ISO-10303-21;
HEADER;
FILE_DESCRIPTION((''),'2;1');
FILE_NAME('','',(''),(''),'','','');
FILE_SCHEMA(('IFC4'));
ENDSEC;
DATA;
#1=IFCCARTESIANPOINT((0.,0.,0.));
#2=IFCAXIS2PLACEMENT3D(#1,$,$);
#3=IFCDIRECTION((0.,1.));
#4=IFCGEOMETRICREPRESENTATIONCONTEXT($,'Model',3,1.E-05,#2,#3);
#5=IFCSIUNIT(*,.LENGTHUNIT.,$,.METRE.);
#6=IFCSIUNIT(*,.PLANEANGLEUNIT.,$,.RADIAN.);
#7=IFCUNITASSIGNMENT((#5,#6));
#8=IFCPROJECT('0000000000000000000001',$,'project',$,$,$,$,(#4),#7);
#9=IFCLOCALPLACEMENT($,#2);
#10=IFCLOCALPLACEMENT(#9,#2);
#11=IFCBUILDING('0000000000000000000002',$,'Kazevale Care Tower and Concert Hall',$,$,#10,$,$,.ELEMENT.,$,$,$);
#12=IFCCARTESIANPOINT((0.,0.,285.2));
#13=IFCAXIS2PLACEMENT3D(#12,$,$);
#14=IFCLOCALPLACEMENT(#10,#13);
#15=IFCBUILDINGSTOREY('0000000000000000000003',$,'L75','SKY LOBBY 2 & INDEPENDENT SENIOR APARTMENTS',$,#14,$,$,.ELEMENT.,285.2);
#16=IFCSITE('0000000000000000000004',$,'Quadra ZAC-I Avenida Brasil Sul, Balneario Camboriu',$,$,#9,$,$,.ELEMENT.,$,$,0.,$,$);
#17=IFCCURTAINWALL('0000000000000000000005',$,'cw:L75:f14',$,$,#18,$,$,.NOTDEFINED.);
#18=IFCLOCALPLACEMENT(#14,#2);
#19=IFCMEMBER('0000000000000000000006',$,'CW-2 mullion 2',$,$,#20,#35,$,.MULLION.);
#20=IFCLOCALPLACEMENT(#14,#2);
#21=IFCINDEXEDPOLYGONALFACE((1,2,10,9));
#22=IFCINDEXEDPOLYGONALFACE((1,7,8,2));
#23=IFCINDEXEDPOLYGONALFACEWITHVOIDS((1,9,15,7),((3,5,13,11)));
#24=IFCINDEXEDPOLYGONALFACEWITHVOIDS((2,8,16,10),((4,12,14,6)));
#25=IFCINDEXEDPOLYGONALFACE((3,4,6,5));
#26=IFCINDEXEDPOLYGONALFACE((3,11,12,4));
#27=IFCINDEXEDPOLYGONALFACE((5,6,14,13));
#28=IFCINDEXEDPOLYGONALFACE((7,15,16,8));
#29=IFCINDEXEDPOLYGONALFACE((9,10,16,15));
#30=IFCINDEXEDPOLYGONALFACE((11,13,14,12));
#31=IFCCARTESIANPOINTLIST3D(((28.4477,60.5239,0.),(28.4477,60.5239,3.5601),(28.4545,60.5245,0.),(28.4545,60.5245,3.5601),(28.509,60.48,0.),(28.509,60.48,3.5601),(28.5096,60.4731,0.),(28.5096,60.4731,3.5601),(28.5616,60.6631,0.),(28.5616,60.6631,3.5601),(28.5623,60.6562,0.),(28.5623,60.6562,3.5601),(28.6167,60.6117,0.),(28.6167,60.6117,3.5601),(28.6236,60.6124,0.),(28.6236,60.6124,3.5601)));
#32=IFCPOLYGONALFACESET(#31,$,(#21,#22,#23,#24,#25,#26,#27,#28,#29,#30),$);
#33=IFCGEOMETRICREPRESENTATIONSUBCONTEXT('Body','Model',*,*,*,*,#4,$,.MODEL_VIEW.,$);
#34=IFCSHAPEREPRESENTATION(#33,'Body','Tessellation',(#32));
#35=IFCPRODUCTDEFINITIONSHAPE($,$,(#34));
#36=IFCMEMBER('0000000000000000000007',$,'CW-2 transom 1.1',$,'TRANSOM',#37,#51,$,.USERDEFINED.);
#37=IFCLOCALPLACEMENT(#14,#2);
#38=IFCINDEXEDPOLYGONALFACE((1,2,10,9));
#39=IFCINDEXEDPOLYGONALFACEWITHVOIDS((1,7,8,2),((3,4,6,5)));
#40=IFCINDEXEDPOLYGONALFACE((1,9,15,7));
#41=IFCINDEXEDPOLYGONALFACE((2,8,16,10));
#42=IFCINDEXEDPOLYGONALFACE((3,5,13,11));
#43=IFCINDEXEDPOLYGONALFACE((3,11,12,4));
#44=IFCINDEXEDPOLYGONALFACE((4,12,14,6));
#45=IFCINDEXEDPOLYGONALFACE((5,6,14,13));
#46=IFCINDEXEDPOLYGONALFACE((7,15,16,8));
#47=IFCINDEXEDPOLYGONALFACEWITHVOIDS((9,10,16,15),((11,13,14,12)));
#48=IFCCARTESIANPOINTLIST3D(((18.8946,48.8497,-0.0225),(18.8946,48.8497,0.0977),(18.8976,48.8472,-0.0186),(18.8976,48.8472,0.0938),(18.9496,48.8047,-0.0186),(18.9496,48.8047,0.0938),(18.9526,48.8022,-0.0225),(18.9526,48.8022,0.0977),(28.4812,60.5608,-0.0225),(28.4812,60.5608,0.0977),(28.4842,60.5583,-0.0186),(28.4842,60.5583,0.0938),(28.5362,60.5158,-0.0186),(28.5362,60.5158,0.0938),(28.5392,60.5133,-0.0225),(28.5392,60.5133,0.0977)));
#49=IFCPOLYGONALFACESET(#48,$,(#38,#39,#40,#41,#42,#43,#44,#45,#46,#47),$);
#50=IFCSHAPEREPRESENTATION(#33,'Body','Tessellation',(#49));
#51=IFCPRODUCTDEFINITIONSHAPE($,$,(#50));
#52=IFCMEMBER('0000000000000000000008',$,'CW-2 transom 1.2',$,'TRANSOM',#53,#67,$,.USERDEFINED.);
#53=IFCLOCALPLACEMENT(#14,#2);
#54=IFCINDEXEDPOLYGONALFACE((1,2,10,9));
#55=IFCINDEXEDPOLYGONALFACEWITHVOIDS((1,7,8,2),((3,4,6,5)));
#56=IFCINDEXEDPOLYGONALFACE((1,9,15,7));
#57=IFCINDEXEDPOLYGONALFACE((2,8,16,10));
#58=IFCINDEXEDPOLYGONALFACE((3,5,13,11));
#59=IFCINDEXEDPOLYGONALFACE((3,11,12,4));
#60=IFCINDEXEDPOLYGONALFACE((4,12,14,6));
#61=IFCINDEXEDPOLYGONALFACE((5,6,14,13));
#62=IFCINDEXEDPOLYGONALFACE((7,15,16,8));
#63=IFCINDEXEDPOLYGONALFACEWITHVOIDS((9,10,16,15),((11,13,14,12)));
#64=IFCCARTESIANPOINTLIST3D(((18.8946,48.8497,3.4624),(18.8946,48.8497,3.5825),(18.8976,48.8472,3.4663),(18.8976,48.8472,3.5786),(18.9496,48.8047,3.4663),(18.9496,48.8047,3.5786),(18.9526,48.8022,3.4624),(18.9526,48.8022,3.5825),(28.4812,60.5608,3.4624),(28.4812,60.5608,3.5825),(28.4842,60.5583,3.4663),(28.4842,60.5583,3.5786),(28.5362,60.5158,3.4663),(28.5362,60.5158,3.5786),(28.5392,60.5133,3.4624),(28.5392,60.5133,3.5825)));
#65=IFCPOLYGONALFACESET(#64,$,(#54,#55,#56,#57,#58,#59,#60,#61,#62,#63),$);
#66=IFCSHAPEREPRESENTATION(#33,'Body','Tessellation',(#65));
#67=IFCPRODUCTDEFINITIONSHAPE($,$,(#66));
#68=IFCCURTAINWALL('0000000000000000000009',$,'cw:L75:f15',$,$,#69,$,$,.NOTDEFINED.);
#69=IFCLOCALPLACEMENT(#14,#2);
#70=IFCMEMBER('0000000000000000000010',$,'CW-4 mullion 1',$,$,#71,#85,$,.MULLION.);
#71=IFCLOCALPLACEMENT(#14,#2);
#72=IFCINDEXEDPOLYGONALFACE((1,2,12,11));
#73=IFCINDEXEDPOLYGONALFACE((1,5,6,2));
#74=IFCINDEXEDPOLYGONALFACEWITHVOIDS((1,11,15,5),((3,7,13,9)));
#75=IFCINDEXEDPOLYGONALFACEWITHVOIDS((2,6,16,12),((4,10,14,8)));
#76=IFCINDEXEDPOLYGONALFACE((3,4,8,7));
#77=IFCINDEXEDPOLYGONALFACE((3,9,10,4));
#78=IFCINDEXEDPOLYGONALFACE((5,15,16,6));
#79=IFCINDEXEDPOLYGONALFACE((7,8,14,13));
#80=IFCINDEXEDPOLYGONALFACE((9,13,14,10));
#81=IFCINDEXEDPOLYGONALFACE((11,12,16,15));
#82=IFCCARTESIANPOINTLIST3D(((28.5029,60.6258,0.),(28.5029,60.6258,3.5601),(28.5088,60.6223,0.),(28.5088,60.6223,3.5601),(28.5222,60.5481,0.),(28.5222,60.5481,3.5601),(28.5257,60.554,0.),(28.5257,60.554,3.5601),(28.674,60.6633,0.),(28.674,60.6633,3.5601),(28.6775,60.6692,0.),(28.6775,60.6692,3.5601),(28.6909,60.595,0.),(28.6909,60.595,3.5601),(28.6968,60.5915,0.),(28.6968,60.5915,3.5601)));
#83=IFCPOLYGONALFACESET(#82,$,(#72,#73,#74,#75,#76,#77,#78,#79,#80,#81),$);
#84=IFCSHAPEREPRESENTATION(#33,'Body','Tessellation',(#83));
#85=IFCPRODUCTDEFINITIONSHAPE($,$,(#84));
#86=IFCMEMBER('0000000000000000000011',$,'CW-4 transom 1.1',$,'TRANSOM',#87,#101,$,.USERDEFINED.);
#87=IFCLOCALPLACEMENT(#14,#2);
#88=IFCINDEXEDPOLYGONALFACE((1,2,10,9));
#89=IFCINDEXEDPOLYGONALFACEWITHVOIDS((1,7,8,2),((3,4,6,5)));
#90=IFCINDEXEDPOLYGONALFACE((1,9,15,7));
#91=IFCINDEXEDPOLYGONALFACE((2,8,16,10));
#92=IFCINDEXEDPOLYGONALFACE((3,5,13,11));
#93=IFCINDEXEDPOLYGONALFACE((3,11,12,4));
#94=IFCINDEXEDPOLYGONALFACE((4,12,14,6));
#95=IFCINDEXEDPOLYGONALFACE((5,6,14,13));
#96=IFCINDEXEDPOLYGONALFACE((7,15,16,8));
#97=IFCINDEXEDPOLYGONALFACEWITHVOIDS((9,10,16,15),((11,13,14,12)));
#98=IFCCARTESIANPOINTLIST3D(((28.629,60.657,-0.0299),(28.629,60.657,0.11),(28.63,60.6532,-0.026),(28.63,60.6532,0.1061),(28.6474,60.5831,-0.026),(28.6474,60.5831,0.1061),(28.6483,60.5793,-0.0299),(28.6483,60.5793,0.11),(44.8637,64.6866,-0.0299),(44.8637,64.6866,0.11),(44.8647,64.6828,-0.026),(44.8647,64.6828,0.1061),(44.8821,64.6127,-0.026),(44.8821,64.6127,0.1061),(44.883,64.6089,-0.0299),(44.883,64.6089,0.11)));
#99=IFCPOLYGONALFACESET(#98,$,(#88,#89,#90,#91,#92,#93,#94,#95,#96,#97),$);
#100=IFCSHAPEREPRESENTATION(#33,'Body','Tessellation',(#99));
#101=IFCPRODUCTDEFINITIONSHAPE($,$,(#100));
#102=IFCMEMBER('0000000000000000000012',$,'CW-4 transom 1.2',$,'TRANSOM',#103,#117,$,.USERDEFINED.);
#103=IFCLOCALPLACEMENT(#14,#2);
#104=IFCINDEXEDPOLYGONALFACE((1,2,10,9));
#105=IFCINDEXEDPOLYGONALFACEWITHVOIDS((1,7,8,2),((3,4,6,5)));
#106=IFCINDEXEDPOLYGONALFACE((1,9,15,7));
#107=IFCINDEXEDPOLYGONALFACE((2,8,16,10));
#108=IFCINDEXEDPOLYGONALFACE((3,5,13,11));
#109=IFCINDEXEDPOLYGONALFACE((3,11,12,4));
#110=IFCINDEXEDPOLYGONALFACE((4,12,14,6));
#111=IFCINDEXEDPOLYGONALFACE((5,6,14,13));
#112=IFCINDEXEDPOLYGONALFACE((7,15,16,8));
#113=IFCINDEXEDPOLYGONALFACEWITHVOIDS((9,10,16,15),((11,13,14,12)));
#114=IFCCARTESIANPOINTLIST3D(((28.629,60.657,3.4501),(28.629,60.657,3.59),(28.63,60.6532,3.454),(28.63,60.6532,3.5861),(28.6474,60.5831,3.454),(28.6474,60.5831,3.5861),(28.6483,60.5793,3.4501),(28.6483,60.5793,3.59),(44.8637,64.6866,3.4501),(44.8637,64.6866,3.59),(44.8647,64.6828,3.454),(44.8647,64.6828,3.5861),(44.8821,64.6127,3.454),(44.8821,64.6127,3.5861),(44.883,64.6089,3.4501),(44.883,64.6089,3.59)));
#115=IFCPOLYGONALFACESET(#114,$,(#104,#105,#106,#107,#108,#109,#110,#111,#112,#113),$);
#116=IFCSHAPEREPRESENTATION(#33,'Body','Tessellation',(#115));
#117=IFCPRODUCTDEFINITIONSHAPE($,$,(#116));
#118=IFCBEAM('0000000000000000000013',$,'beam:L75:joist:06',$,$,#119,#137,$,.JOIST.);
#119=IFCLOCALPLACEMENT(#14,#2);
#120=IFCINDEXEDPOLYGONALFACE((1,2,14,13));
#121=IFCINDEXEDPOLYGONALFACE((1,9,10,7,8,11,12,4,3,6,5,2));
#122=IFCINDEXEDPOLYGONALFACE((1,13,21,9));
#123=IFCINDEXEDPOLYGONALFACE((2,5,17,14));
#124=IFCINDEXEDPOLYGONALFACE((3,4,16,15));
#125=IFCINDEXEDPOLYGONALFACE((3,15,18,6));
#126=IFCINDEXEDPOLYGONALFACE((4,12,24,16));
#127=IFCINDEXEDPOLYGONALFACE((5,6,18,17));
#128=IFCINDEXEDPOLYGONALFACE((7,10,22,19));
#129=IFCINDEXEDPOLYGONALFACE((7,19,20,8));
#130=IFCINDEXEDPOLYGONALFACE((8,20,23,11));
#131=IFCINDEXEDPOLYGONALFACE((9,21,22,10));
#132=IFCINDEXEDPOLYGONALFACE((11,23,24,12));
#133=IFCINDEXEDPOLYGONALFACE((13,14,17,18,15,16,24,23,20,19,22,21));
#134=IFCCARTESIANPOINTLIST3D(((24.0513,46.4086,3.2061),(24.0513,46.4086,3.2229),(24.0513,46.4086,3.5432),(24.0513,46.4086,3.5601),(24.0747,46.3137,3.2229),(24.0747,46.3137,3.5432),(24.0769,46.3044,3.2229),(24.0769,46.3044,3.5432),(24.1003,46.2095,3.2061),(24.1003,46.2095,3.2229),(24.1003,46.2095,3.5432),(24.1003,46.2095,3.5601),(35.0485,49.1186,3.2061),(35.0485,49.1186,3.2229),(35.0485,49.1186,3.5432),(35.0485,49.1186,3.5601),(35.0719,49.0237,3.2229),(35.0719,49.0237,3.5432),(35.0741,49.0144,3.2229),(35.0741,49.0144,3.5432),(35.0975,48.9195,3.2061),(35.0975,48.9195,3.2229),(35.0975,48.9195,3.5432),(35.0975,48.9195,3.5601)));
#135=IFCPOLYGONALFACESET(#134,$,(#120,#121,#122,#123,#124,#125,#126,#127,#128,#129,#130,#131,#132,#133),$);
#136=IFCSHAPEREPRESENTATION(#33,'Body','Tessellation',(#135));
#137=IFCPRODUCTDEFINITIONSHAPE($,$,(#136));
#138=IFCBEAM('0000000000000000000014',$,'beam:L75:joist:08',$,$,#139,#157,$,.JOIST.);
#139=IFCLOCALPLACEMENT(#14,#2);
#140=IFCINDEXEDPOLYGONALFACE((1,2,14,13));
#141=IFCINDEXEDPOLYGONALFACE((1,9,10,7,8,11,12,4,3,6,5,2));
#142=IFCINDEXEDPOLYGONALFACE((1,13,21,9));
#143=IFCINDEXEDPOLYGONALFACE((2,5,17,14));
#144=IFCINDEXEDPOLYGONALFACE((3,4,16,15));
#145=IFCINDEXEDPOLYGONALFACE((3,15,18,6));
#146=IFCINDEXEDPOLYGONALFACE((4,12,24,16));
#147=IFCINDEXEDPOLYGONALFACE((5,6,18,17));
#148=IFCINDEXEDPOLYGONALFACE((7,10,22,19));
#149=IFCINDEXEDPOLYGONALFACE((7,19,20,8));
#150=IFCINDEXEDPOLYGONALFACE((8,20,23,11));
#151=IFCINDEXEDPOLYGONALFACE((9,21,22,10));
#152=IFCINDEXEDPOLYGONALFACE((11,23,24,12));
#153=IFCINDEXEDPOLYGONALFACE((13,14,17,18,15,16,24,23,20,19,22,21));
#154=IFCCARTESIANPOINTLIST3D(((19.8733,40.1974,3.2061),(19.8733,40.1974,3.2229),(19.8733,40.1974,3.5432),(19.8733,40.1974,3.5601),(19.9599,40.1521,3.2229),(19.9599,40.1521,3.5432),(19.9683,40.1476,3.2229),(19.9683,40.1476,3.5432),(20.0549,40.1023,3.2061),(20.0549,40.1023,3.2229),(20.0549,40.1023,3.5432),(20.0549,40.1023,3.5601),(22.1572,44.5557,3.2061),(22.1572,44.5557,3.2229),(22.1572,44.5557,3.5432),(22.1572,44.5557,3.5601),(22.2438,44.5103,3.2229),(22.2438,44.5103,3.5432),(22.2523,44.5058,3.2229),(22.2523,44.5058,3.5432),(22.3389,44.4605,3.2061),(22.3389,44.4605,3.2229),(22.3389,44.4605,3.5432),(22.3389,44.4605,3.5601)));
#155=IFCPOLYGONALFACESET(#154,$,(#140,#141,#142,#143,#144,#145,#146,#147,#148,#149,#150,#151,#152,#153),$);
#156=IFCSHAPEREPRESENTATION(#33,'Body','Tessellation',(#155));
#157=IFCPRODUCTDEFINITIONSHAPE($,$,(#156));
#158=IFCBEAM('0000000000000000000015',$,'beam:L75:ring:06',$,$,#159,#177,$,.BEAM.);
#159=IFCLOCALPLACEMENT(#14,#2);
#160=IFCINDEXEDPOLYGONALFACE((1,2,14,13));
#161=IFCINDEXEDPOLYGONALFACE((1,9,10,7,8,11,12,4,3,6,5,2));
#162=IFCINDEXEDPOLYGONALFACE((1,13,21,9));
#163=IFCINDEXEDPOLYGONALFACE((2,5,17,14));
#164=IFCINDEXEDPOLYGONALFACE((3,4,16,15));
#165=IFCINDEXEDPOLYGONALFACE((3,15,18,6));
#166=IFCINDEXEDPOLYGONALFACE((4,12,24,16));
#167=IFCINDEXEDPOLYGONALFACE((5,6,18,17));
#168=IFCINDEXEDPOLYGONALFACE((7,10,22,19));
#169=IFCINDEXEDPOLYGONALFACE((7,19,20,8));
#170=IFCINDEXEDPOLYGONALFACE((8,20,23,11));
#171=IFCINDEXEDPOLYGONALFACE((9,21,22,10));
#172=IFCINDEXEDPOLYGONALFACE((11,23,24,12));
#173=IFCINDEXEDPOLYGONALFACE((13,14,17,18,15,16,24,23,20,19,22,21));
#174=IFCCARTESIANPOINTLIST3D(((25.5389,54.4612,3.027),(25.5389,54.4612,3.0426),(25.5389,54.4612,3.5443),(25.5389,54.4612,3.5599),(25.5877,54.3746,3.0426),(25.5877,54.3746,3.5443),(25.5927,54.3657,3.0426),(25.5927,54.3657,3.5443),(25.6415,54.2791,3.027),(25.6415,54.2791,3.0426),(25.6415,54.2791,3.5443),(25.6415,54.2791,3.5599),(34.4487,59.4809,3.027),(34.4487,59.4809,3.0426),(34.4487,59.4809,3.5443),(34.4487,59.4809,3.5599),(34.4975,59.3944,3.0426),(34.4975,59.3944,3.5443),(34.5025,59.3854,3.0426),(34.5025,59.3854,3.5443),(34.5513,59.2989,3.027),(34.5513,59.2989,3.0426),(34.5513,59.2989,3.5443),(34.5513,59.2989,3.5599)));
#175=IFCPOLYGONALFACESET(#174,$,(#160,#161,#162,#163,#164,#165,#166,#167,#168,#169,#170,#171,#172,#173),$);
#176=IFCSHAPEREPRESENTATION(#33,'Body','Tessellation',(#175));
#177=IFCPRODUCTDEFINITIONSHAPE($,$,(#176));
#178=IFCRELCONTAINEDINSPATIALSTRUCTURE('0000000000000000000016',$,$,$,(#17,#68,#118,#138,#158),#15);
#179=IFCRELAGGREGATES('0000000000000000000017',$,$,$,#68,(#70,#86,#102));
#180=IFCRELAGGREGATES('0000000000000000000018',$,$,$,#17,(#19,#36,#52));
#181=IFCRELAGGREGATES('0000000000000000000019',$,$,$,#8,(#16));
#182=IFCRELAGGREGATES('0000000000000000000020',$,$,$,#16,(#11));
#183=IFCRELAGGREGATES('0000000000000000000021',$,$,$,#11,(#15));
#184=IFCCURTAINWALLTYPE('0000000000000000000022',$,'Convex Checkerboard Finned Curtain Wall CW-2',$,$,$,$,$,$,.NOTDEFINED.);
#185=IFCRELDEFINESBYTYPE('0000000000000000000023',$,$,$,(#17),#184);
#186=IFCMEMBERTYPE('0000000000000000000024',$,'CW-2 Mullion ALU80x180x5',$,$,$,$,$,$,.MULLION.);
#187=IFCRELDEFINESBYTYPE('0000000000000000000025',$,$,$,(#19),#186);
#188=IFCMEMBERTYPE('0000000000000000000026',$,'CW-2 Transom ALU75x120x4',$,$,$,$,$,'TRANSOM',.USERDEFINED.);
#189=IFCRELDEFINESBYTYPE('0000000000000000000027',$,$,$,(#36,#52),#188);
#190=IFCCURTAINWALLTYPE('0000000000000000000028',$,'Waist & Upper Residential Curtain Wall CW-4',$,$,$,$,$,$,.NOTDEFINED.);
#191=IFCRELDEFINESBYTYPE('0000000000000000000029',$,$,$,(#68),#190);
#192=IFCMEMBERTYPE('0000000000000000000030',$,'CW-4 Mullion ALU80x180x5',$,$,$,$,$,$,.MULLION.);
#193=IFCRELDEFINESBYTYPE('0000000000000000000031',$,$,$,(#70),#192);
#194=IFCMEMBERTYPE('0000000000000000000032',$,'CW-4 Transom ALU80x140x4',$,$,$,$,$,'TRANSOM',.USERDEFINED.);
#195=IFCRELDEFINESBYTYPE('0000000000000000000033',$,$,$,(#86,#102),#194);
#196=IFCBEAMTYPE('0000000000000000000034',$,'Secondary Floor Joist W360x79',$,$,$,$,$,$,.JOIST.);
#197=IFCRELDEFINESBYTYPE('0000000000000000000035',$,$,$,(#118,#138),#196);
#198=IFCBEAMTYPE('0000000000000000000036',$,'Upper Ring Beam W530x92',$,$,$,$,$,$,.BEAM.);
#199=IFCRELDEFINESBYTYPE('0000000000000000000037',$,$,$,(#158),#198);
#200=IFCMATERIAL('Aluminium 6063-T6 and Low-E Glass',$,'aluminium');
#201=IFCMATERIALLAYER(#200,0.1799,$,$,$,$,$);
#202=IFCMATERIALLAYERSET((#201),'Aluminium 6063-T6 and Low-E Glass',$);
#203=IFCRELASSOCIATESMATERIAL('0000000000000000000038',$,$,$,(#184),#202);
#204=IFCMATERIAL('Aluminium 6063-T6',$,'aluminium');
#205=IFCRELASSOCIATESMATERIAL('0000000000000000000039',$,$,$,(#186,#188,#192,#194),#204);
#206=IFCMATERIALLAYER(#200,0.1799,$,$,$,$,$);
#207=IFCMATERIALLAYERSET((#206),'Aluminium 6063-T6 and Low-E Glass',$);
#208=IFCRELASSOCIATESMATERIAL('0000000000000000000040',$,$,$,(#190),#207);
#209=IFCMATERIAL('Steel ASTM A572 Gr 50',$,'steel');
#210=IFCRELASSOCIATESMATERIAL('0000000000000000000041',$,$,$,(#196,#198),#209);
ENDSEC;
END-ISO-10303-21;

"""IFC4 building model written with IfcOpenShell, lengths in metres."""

from ifc_helpers import new_model, si_unit, direction, frame, origin, origin_2d, place, context, subcontext, project, spatial, hollow_rectangle, i_section, extrude, material, layer, layer_set, material_profile, profile_set, type_object, element, aggregate, save


model = new_model("IFC4")

# Units and contexts
model_context = context("Model", 3, precision=1e-05, world=origin(), true_north=direction((0.0, 1.0)))
body_context = subcontext(model_context, "Body", "Model", "MODEL_VIEW")
ifc_project = project(units=[si_unit("LENGTHUNIT", "METRE"), si_unit("PLANEANGLEUNIT", "RADIAN")], contexts=[model_context])

# Site, building, storey
site_placement = place(None, origin())
site = spatial("IfcSite", under=ifc_project, at=site_placement, Name="Quadra ZAC-I Avenida Brasil Sul, Balneario Camboriu", CompositionType="ELEMENT", RefElevation=0.0)
building_placement = place(site_placement, origin())
building = spatial("IfcBuilding", under=site, at=building_placement, Name="Kazevale Care Tower and Concert Hall", CompositionType="ELEMENT")
storey_placement = place(building_placement, frame((0.0, 0.0, 285.2)))
storey = spatial("IfcBuildingStorey", under=building, at=storey_placement, Name="L75", Description="SKY LOBBY 2 & INDEPENDENT SENIOR APARTMENTS", CompositionType="ELEMENT", Elevation=285.2)

# Curtain walls, members
ifc_material_1 = material(Name="Aluminium 6063-T6 and Low-E Glass", Category="aluminium")
ifc_layer_1 = layer(ifc_material_1, 0.1799)
ifc_layer_set_1 = layer_set([ifc_layer_1], Name="Aluminium 6063-T6 and Low-E Glass")
curtain_wall_type_1 = type_object("IfcCurtainWallType", Name="Convex Checkerboard Finned Curtain Wall CW-2", PredefinedType="NOTDEFINED", material=ifc_layer_set_1)
curtain_wall_1_placement = place(storey_placement, origin())
curtain_wall_1 = element("IfcCurtainWall", 1, at=curtain_wall_1_placement, inside=storey, type_object=curtain_wall_type_1, Name="cw:L75:f14", PredefinedType="NOTDEFINED")
ifc_material_2 = material(Name="Aluminium 6063-T6", Category="aluminium")
ifc_material_profile_1 = material_profile(ifc_material_2, hollow_rectangle(XDim=0.0801, YDim=0.1799, WallThickness=0.0049, at=origin_2d()), Name="ALU80x180x5")
ifc_profile_set_1 = profile_set([ifc_material_profile_1], Name="Aluminium 6063-T6")
member_type_1 = type_object("IfcMemberType", Name="CW-2 Mullion ALU80x180x5", PredefinedType="MULLION", material=ifc_profile_set_1)
member_1_placement = place(storey_placement, frame((28.5356, 60.5681, 0.0), z_axis=(0.0, 0.0, 1.0), x_axis=(-0.773803, 0.633426, 0.0)))
member_1 = element("IfcMember", 2, at=member_1_placement, type_object=member_type_1, Name="CW-2 mullion 2", PredefinedType="MULLION", context=body_context, shape_type="SweptSolid", body=[
    extrude(hollow_rectangle(XDim=0.0801, YDim=0.1799, WallThickness=0.0049, at=origin_2d()), origin(), (0.0, 0.0, 1.0), 3.5601),
])
ifc_material_profile_2 = material_profile(ifc_material_2, hollow_rectangle(XDim=0.075, YDim=0.1201, WallThickness=0.0039, at=origin_2d()), Name="ALU75x120x4")
ifc_profile_set_2 = profile_set([ifc_material_profile_2], Name="Aluminium 6063-T6")
member_type_2 = type_object("IfcMemberType", Name="CW-2 Transom ALU75x120x4", ElementType="TRANSOM", PredefinedType="USERDEFINED", material=ifc_profile_set_2)
member_2_placement = place(storey_placement, frame((18.9236, 48.8259, 0.0376), z_axis=(0.633428, 0.773802, 0.0), x_axis=(-0.773802, 0.633428, 0.0)))
member_2 = element("IfcMember", 3, at=member_2_placement, type_object=member_type_2, Name="CW-2 transom 1.1", ObjectType="TRANSOM", PredefinedType="USERDEFINED", context=body_context, shape_type="SweptSolid", body=[
    extrude(hollow_rectangle(XDim=0.075, YDim=0.1201, WallThickness=0.0039, at=origin_2d()), origin(), (0.0, 0.0, 1.0), 15.1345),
])
member_3_placement = place(storey_placement, frame((18.9236, 48.8259, 3.5225), z_axis=(0.633428, 0.773802, 0.0), x_axis=(-0.773802, 0.633428, 0.0)))
member_3 = element("IfcMember", 4, at=member_3_placement, type_object=member_type_2, Name="CW-2 transom 1.2", ObjectType="TRANSOM", PredefinedType="USERDEFINED", context=body_context, shape_type="SweptSolid", body=[
    extrude(hollow_rectangle(XDim=0.075, YDim=0.1201, WallThickness=0.0039, at=origin_2d()), origin(), (0.0, 0.0, 1.0), 15.1345),
])
ifc_layer_2 = layer(ifc_material_1, 0.1799)
ifc_layer_set_2 = layer_set([ifc_layer_2], Name="Aluminium 6063-T6 and Low-E Glass")
curtain_wall_type_2 = type_object("IfcCurtainWallType", Name="Waist & Upper Residential Curtain Wall CW-4", PredefinedType="NOTDEFINED", material=ifc_layer_set_2)
curtain_wall_2_placement = place(storey_placement, origin())
curtain_wall_2 = element("IfcCurtainWall", 5, at=curtain_wall_2_placement, inside=storey, type_object=curtain_wall_type_2, Name="cw:L75:f15", PredefinedType="NOTDEFINED")
ifc_material_profile_3 = material_profile(ifc_material_2, hollow_rectangle(XDim=0.0801, YDim=0.1799, WallThickness=0.0049, at=origin_2d()), Name="ALU80x180x5")
ifc_profile_set_3 = profile_set([ifc_material_profile_3], Name="Aluminium 6063-T6")
member_type_3 = type_object("IfcMemberType", Name="CW-4 Mullion ALU80x180x5", PredefinedType="MULLION", material=ifc_profile_set_3)
member_4_placement = place(storey_placement, frame((28.5999, 60.6086, 0.0), z_axis=(0.0, 0.0, 1.0), x_axis=(-0.240891, 0.970552, 0.0)))
member_4 = element("IfcMember", 6, at=member_4_placement, type_object=member_type_3, Name="CW-4 mullion 1", PredefinedType="MULLION", context=body_context, shape_type="SweptSolid", body=[
    extrude(hollow_rectangle(XDim=0.0801, YDim=0.1799, WallThickness=0.0049, at=origin_2d()), origin(), (0.0, 0.0, 1.0), 3.5601),
])
ifc_material_profile_4 = material_profile(ifc_material_2, hollow_rectangle(XDim=0.0801, YDim=0.1399, WallThickness=0.0039, at=origin_2d()), Name="ALU80x140x4")
ifc_profile_set_4 = profile_set([ifc_material_profile_4], Name="Aluminium 6063-T6")
member_type_4 = type_object("IfcMemberType", Name="CW-4 Transom ALU80x140x4", ElementType="TRANSOM", PredefinedType="USERDEFINED", material=ifc_profile_set_4)
member_5_placement = place(storey_placement, frame((28.6387, 60.6182, 0.04), z_axis=(0.970551, 0.240897, 0.0), x_axis=(-0.240897, 0.970551, 0.0)))
member_5 = element("IfcMember", 7, at=member_5_placement, type_object=member_type_4, Name="CW-4 transom 1.1", ObjectType="TRANSOM", PredefinedType="USERDEFINED", context=body_context, shape_type="SweptSolid", body=[
    extrude(hollow_rectangle(XDim=0.0801, YDim=0.1399, WallThickness=0.0039, at=origin_2d()), origin(), (0.0, 0.0, 1.0), 16.7273),
])
member_6_placement = place(storey_placement, frame((28.6387, 60.6182, 3.52), z_axis=(0.970551, 0.240897, 0.0), x_axis=(-0.240897, 0.970551, 0.0)))
member_6 = element("IfcMember", 8, at=member_6_placement, type_object=member_type_4, Name="CW-4 transom 1.2", ObjectType="TRANSOM", PredefinedType="USERDEFINED", context=body_context, shape_type="SweptSolid", body=[
    extrude(hollow_rectangle(XDim=0.0801, YDim=0.1399, WallThickness=0.0039, at=origin_2d()), origin(), (0.0, 0.0, 1.0), 16.7273),
])
aggregate(curtain_wall_2, [member_4, member_5, member_6])

# Beams
ifc_material_3 = material(Name="Steel ASTM A572 Gr 50", Category="steel")
ifc_material_profile_5 = material_profile(ifc_material_3, i_section(OverallWidth=0.2051, OverallDepth=0.354, WebThickness=0.0095, FlangeThickness=0.0168, at=origin_2d()), Name="W360x79")
ifc_profile_set_5 = profile_set([ifc_material_profile_5], Name="Steel ASTM A572 Gr 50")
beam_type_1 = type_object("IfcBeamType", Name="Secondary Floor Joist W360x79", PredefinedType="JOIST", material=ifc_profile_set_5)
beam_1_placement = place(storey_placement, frame((35.073, 49.019, 3.3831), z_axis=(-0.970954, -0.239268, 0.0), x_axis=(0.239268, -0.970954, 0.0)))
element("IfcBeam", 9, at=beam_1_placement, inside=storey, type_object=beam_type_1, Name="beam:L75:joist:06", PredefinedType="JOIST", context=body_context, shape_type="SweptSolid", body=[
    extrude(i_section(OverallWidth=0.2051, OverallDepth=0.354, WebThickness=0.0095, FlangeThickness=0.0168, at=origin_2d()), origin(), (0.0, 0.0, 1.0), 11.3262),
])
beam_2_placement = place(storey_placement, frame((22.248, 44.5081, 3.3831), z_axis=(-0.464181, -0.88574, 0.0), x_axis=(0.88574, -0.464181, 0.0)))
element("IfcBeam", 10, at=beam_2_placement, inside=storey, type_object=beam_type_1, Name="beam:L75:joist:08", PredefinedType="JOIST", context=body_context, shape_type="SweptSolid", body=[
    extrude(i_section(OverallWidth=0.2051, OverallDepth=0.354, WebThickness=0.0095, FlangeThickness=0.0168, at=origin_2d()), origin(), (0.0, 0.0, 1.0), 4.9204),
])
ifc_material_profile_6 = material_profile(ifc_material_3, i_section(OverallWidth=0.209, OverallDepth=0.533, WebThickness=0.0103, FlangeThickness=0.0156, at=origin_2d()), Name="W530x92")
ifc_profile_set_6 = profile_set([ifc_material_profile_6], Name="Steel ASTM A572 Gr 50")
beam_type_2 = type_object("IfcBeamType", Name="Upper Ring Beam W530x92", PredefinedType="BEAM", material=ifc_profile_set_6)
beam_3_placement = place(storey_placement, frame((34.5, 59.3899, 3.2935), z_axis=(-0.871243, -0.490852, 0.0), x_axis=(0.490852, -0.871243, 0.0)))
element("IfcBeam", 11, at=beam_3_placement, inside=storey, type_object=beam_type_2, Name="beam:L75:ring:06", PredefinedType="BEAM", context=body_context, shape_type="SweptSolid", body=[
    extrude(i_section(OverallWidth=0.209, OverallDepth=0.533, WebThickness=0.0103, FlangeThickness=0.0156, at=origin_2d()), origin(), (0.0, 0.0, 1.0), 10.2266),
])

aggregate(curtain_wall_1, [member_1, member_2, member_3])

save(model, "model.ifc")
